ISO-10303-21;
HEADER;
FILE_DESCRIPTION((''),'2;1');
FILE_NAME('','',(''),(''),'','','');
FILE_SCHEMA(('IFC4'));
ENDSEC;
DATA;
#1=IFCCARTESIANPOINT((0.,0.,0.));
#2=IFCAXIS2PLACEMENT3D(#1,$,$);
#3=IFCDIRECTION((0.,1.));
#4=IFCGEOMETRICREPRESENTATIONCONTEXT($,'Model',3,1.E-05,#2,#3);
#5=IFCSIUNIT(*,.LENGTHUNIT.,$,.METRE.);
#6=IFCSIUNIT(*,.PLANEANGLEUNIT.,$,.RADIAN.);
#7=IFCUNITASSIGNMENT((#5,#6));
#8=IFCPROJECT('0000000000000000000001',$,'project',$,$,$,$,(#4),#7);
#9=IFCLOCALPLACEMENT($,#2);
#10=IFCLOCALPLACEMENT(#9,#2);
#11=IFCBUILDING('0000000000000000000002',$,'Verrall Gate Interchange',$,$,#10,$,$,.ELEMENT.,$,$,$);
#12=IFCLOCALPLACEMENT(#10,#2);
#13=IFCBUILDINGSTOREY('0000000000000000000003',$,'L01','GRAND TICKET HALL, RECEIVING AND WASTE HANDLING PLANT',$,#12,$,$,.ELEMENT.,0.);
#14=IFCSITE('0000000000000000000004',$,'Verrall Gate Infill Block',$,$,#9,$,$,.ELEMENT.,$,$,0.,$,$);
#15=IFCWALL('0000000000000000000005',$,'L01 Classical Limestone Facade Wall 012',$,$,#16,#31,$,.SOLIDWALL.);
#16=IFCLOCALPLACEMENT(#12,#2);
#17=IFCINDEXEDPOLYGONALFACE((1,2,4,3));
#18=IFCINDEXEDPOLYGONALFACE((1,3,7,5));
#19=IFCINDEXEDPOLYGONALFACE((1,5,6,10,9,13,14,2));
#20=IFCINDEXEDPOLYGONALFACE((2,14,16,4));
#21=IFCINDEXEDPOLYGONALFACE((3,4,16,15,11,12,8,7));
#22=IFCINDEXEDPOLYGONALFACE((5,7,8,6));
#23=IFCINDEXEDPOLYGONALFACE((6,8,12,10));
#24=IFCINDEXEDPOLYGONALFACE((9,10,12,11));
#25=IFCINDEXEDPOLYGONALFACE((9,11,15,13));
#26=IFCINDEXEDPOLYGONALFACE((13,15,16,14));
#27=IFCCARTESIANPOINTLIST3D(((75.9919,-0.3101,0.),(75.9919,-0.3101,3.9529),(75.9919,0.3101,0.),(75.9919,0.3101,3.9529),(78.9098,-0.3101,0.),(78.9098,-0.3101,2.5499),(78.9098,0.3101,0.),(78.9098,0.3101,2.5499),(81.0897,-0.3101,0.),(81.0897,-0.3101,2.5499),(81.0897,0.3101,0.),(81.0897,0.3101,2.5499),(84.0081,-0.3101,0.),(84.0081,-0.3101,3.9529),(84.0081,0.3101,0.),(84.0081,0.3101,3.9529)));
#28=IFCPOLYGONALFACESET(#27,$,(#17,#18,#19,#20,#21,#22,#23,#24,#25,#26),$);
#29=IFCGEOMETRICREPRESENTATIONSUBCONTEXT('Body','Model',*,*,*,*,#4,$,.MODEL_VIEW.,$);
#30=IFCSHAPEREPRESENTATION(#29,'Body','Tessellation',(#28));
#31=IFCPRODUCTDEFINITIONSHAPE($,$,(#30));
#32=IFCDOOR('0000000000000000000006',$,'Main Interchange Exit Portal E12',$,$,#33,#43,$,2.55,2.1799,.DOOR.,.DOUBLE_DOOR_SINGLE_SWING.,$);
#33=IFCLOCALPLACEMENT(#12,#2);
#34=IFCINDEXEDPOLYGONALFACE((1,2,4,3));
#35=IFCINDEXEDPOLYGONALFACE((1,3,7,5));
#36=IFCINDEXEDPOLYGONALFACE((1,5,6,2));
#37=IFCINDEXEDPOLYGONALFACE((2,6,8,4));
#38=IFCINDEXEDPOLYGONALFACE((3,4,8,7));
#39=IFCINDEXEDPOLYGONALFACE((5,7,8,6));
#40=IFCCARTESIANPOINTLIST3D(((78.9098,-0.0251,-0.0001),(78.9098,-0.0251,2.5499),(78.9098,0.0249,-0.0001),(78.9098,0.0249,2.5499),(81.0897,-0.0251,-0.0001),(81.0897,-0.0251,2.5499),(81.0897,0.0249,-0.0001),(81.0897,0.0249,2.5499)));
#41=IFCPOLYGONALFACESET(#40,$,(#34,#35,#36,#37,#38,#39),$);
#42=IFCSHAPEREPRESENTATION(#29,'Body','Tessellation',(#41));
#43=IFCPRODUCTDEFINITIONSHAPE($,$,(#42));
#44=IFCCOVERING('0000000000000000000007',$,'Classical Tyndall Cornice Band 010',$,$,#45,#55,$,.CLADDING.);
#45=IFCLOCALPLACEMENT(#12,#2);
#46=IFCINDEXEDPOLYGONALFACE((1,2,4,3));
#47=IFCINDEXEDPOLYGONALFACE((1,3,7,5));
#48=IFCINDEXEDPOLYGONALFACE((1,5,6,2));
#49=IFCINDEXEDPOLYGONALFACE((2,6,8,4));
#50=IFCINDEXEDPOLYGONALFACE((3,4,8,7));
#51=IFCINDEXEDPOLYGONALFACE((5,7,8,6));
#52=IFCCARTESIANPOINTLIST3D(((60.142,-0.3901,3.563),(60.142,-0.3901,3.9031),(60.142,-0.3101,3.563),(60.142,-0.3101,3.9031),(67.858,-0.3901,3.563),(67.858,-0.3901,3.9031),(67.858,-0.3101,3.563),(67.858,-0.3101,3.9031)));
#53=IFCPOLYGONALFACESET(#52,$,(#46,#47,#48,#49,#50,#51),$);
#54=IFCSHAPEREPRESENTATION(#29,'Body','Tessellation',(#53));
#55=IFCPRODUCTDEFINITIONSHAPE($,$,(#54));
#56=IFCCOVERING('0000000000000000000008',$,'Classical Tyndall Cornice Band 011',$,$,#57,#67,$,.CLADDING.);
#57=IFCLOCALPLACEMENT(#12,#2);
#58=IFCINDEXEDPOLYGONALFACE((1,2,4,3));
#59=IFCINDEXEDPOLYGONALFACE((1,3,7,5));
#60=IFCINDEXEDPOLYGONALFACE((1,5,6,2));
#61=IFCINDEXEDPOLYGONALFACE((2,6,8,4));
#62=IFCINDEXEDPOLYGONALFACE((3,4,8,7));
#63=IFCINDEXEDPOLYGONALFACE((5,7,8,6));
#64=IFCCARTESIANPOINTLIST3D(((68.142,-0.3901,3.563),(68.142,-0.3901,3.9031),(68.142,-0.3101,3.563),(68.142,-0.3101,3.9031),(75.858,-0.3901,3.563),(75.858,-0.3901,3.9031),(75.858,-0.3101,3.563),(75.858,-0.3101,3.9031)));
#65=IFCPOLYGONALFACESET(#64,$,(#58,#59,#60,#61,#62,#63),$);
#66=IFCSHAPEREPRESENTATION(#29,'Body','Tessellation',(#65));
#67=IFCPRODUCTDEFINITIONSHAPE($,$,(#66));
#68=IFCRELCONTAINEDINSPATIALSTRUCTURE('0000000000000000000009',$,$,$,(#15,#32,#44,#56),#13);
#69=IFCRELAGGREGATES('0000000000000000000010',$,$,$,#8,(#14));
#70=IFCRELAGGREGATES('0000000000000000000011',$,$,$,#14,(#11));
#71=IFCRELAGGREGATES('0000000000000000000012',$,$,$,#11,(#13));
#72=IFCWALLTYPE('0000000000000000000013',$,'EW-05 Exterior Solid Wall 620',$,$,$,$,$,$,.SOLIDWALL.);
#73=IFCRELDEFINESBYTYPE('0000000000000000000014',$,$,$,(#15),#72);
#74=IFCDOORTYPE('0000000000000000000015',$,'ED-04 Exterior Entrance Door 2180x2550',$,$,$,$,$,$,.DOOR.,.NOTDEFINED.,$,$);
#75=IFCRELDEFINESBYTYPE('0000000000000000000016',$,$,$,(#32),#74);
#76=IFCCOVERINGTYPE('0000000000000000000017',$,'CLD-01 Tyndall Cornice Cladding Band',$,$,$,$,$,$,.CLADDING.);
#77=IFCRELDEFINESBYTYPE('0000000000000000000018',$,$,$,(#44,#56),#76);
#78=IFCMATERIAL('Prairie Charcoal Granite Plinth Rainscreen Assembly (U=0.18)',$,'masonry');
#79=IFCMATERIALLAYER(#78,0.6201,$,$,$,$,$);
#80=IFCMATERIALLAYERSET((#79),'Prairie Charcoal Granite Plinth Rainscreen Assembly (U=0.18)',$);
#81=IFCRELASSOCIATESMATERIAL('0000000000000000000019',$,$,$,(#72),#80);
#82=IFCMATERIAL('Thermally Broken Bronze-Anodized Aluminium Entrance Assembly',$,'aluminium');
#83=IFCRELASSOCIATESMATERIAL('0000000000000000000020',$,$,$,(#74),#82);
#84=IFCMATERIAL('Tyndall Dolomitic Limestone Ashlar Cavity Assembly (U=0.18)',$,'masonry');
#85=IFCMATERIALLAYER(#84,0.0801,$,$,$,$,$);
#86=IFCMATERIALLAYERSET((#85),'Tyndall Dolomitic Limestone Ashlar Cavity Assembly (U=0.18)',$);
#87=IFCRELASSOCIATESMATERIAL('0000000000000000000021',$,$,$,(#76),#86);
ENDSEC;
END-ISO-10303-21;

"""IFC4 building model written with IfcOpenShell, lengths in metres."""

from ifc_helpers import new_model, si_unit, direction, frame, frame_2d, origin, origin_2d, place, context, subcontext, project, spatial, rectangle, extrude, material, layer, layer_set, type_object, element, fill, save


model = new_model("IFC4")

# Units and contexts
model_context = context("Model", 3, precision=1e-05, world=origin(), true_north=direction((0.0, 1.0)))
body_context = subcontext(model_context, "Body", "Model", "MODEL_VIEW")
ifc_project = project(units=[si_unit("LENGTHUNIT", "METRE"), si_unit("PLANEANGLEUNIT", "RADIAN")], contexts=[model_context])

# Site, building, storey
site_placement = place(None, origin())
site = spatial("IfcSite", under=ifc_project, at=site_placement, Name="Verrall Gate Infill Block", CompositionType="ELEMENT", RefElevation=0.0)
building_placement = place(site_placement, origin())
building = spatial("IfcBuilding", under=site, at=building_placement, Name="Verrall Gate Interchange", CompositionType="ELEMENT")
storey_placement = place(building_placement, origin())
storey = spatial("IfcBuildingStorey", under=building, at=storey_placement, Name="L01", Description="GRAND TICKET HALL, RECEIVING AND WASTE HANDLING PLANT", CompositionType="ELEMENT", Elevation=0.0)

# Wall, opening, door
ifc_material_1 = material(Name="Prairie Charcoal Granite Plinth Rainscreen Assembly (U=0.18)", Category="masonry")
ifc_layer_1 = layer(ifc_material_1, 0.6201)
ifc_layer_set_1 = layer_set([ifc_layer_1], Name="Prairie Charcoal Granite Plinth Rainscreen Assembly (U=0.18)")
wall_type = type_object("IfcWallType", Name="EW-05 Exterior Solid Wall 620", PredefinedType="SOLIDWALL", material=ifc_layer_set_1)
wall_1_placement = place(storey_placement, frame((75.9919, 0.0, 0.0), z_axis=(0.0, 0.0, 1.0), x_axis=(1.0, 0.0, 0.0)))
wall_1 = element("IfcWall", 1, at=wall_1_placement, inside=storey, type_object=wall_type, Name="L01 Classical Limestone Facade Wall 012", PredefinedType="SOLIDWALL", context=body_context, shape_type="SweptSolid", body=[
    extrude(rectangle(XDim=8.0161, YDim=0.6201, at=frame_2d((4.0081, 0.0))), origin(), (0.0, 0.0, 1.0), 3.9529),
])
opening_1_placement = place(wall_1_placement, frame((2.918, 0.0, 0.0)))
opening_1 = element("IfcOpeningElement", 2, at=opening_1_placement, cuts=wall_1, PredefinedType="OPENING", context=body_context, shape_type="SweptSolid", body=[
    extrude(rectangle(XDim=2.1799, YDim=2.55, at=frame_2d((1.0898, 1.2749))), frame((0.0, 0.325, 0.0), z_axis=(0.0, -1.0, 0.0), x_axis=(1.0, 0.0, 0.0)), (0.0, 0.0, 1.0), 0.6499),
])
ifc_material_2 = material(Name="Thermally Broken Bronze-Anodized Aluminium Entrance Assembly", Category="aluminium")
door_type_1 = type_object("IfcDoorType", Name="ED-04 Exterior Entrance Door 2180x2550", OperationType="NOTDEFINED", PredefinedType="DOOR", material=ifc_material_2)
door_1_placement = place(opening_1_placement, origin())
door_1 = element("IfcDoor", 3, at=door_1_placement, inside=storey, type_object=door_type_1, Name="Main Interchange Exit Portal E12", OperationType="DOUBLE_DOOR_SINGLE_SWING", OverallHeight=2.55, OverallWidth=2.1799, PredefinedType="DOOR", context=body_context, shape_type="SweptSolid", body=[
    extrude(rectangle(XDim=2.1799, YDim=2.55, at=frame_2d((1.0898, 1.2749))), frame((0.0, 0.0249, 0.0), z_axis=(0.0, -1.0, 0.0), x_axis=(1.0, 0.0, 0.0)), (0.0, 0.0, 1.0), 0.05),
])
fill(opening_1, door_1)

# Coverings
ifc_material_3 = material(Name="Tyndall Dolomitic Limestone Ashlar Cavity Assembly (U=0.18)", Category="masonry")
ifc_layer_2 = layer(ifc_material_3, 0.0801)
ifc_layer_set_2 = layer_set([ifc_layer_2], Name="Tyndall Dolomitic Limestone Ashlar Cavity Assembly (U=0.18)")
covering_type = type_object("IfcCoveringType", Name="CLD-01 Tyndall Cornice Cladding Band", PredefinedType="CLADDING", material=ifc_layer_set_2)
for number, where, z_axis, x_axis, name in (
    (4, (64.0, -0.3501, 3.563), (0.0, 0.0, 1.0), (1.0, 0.0, 0.0), "Classical Tyndall Cornice Band 010"),
    (5, (72.0, -0.3501, 3.563), (0.0, 0.0, 1.0), (1.0, 0.0, 0.0), "Classical Tyndall Cornice Band 011"),
):
    element("IfcCovering", number, at=place(storey_placement, frame(where, z_axis=z_axis, x_axis=x_axis)), inside=storey, type_object=covering_type, Name=name, PredefinedType="CLADDING", context=body_context, shape_type="SweptSolid", body=[
        extrude(rectangle(XDim=7.7161, YDim=0.0801, at=origin_2d()), origin(), (0.0, 0.0, 1.0), 0.3401),
    ])

save(model, "model.ifc")
